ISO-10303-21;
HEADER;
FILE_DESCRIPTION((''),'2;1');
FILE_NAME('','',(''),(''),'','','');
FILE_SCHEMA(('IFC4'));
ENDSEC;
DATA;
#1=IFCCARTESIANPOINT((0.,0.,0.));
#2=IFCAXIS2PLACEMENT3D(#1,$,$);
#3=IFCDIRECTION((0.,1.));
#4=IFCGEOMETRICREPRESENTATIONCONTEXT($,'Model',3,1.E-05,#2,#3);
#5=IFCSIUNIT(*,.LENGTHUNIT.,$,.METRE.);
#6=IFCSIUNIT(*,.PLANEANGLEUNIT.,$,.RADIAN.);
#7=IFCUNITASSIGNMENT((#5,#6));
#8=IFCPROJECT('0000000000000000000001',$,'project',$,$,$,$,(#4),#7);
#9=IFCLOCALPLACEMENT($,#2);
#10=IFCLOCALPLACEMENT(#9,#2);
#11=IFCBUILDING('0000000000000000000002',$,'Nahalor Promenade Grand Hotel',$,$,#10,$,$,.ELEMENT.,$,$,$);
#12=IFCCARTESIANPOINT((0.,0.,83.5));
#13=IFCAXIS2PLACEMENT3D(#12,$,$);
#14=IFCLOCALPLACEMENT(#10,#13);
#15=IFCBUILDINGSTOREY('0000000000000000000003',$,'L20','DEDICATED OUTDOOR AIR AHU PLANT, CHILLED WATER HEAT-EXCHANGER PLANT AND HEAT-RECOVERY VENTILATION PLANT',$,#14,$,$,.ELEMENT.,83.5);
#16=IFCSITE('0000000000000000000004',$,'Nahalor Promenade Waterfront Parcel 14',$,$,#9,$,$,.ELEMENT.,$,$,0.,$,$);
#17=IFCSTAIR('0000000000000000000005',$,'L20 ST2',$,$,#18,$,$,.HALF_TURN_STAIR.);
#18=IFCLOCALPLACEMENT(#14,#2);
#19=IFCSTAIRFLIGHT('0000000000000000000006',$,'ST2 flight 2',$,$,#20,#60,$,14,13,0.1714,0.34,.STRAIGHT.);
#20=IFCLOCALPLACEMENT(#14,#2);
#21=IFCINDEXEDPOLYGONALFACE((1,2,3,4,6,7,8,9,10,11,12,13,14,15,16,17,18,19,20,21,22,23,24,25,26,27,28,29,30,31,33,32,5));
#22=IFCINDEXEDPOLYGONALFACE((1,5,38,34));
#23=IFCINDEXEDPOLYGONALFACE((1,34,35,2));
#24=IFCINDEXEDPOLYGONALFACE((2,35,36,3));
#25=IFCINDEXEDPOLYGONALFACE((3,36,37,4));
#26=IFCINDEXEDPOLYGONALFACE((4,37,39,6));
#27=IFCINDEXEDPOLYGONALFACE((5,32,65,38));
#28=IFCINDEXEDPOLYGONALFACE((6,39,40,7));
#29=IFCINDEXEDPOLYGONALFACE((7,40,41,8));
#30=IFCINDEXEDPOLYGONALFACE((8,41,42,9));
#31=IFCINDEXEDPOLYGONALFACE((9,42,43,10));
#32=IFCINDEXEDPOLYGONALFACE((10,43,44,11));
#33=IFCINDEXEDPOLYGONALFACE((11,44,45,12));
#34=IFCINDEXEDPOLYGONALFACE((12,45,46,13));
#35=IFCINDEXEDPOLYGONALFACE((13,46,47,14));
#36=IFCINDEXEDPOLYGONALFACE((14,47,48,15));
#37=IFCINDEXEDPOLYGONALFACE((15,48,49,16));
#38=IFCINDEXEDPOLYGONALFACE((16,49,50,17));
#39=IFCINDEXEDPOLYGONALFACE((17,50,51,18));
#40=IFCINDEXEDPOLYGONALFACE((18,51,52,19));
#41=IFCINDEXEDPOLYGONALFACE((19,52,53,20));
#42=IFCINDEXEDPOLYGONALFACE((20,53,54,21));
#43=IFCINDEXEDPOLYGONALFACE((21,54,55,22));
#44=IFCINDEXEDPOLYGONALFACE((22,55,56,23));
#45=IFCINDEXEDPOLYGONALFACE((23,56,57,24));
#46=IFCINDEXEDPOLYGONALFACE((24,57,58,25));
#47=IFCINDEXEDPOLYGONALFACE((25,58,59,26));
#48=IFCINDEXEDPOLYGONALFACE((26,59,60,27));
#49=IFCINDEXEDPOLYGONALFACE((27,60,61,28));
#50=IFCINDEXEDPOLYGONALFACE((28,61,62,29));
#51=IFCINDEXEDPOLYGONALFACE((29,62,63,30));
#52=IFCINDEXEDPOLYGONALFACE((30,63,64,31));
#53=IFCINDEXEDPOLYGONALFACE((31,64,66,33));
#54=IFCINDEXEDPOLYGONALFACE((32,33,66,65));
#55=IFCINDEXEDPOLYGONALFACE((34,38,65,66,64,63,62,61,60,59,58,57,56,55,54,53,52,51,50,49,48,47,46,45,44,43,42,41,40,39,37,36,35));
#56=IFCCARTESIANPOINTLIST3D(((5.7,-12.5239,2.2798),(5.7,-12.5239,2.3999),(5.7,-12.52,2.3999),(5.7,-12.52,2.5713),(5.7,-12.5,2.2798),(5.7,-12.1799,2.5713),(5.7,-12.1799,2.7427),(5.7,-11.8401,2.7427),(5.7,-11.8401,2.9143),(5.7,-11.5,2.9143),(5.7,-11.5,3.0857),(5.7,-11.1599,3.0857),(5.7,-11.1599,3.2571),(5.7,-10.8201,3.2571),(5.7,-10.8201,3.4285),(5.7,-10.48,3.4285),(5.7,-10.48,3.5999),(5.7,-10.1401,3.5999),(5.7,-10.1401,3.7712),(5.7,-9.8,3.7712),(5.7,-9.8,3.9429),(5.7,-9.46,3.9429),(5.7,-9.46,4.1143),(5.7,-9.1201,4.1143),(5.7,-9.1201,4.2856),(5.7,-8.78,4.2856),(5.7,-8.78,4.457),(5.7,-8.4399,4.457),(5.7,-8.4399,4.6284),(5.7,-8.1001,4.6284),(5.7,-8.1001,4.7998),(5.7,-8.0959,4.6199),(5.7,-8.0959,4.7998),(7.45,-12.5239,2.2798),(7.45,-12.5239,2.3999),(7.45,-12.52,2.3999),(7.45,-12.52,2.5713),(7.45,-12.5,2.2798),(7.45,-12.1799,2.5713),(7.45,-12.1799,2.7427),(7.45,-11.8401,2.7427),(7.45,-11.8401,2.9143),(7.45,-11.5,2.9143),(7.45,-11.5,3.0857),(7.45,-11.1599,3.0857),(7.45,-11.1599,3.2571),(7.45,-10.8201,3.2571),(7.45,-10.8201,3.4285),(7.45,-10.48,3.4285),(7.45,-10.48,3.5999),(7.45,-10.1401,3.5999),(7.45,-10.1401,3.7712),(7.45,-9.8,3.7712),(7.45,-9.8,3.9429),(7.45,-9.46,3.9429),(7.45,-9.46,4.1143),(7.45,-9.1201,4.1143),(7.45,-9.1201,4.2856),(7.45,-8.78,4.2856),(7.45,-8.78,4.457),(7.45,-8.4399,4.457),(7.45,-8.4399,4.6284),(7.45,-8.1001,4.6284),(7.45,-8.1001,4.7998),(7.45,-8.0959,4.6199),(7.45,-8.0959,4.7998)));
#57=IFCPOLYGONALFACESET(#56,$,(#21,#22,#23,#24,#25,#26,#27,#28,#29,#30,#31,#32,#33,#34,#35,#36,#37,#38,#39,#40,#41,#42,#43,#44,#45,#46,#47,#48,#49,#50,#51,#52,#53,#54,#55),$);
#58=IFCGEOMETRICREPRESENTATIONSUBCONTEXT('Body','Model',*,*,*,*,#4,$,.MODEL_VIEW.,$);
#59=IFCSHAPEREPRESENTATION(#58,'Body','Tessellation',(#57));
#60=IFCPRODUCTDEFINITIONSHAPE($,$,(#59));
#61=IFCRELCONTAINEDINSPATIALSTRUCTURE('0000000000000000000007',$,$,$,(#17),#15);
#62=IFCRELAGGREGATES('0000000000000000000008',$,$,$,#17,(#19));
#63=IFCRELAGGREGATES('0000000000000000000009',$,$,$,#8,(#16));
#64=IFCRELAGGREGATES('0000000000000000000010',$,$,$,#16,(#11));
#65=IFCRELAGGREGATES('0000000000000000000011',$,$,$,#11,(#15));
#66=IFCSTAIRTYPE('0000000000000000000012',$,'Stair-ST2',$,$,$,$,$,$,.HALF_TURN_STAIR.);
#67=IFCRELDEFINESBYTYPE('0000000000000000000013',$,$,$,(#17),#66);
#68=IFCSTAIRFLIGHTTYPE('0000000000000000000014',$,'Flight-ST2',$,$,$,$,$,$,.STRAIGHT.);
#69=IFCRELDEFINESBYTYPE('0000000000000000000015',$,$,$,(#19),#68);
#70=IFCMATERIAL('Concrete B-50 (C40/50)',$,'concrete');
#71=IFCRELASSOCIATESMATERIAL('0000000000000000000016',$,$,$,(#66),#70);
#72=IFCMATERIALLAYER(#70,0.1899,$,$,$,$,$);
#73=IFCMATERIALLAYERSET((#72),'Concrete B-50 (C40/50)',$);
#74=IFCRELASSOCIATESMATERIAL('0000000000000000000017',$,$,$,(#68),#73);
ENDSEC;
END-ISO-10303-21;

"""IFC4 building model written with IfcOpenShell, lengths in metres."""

from ifc_helpers import new_model, si_unit, direction, frame, origin, place, context, subcontext, project, spatial, polyline, outline, extrude, source, transform, mapped, material, layer, layer_set, type_object, element, aggregate, save


model = new_model("IFC4")

# Units and contexts
model_context = context("Model", 3, precision=1e-05, world=origin(), true_north=direction((0.0, 1.0)))
body_context = subcontext(model_context, "Body", "Model", "MODEL_VIEW")
ifc_project = project(units=[si_unit("LENGTHUNIT", "METRE"), si_unit("PLANEANGLEUNIT", "RADIAN")], contexts=[model_context])

# Site, building, storey
site_placement = place(None, origin())
site = spatial("IfcSite", under=ifc_project, at=site_placement, Name="Nahalor Promenade Waterfront Parcel 14", CompositionType="ELEMENT", RefElevation=0.0)
building_placement = place(site_placement, origin())
building = spatial("IfcBuilding", under=site, at=building_placement, Name="Nahalor Promenade Grand Hotel", CompositionType="ELEMENT")
storey_placement = place(building_placement, frame((0.0, 0.0, 83.5)))
storey = spatial("IfcBuildingStorey", under=building, at=storey_placement, Name="L20", Description="DEDICATED OUTDOOR AIR AHU PLANT, CHILLED WATER HEAT-EXCHANGER PLANT AND HEAT-RECOVERY VENTILATION PLANT", CompositionType="ELEMENT", Elevation=83.5)

# Shared definitions
ifc_material_1 = material(Name="Concrete B-50 (C40/50)", Category="concrete")

# Stair, stair flight
stair_type = type_object("IfcStairType", Name="Stair-ST2", PredefinedType="HALF_TURN_STAIR", material=ifc_material_1)
stair_placement = place(storey_placement, origin())
stair = element("IfcStair", 1, at=stair_placement, inside=storey, type_object=stair_type, Name="L20 ST2", PredefinedType="HALF_TURN_STAIR")
ifc_layer_1 = layer(ifc_material_1, 0.1899)
ifc_layer_set_1 = layer_set([ifc_layer_1], Name="Concrete B-50 (C40/50)")
stair_flight_type = type_object("IfcStairFlightType", Name="Flight-ST2", PredefinedType="STRAIGHT", material=ifc_layer_set_1)
shared_shape_1 = source(origin(), body_context, "Body", "SweptSolid", [
    extrude(outline(polyline([(-0.0039, -0.1201), (-0.0039, 0.0), (0.0, 0.0), (0.0, 0.1714), (0.3401, 0.1714), (0.3401, 0.3428), (0.6799, 0.3428), (0.6799, 0.5144), (1.02, 0.5144), (1.02, 0.6858), (1.3601, 0.6858), (1.3601, 0.8572), (1.7, 0.8572), (1.7, 1.0286), (2.04, 1.0286), (2.04, 1.2), (2.3799, 1.2), (2.3799, 1.3713), (2.72, 1.3713), (2.72, 1.543), (3.0601, 1.543), (3.0601, 1.7144), (3.3999, 1.7144), (3.3999, 1.8857), (3.74, 1.8857), (3.74, 2.0571), (4.0801, 2.0571), (4.0801, 2.2285), (4.4199, 2.2285), (4.4199, 2.3999), (4.4241, 2.3999), (4.4241, 2.22), (0.02, -0.1201), (-0.0039, -0.1201)])), frame((0.0, 0.875, 0.0), z_axis=(0.0, -1.0, 0.0), x_axis=(1.0, 0.0, 0.0)), (0.0, 0.0, 1.0), 1.75),
])
stair_flight_1_placement = place(storey_placement, frame((6.575, -12.52, 2.3999), z_axis=(0.0, 0.0, 1.0), x_axis=(0.0, 1.0, 0.0)))
stair_flight_1 = element("IfcStairFlight", 2, at=stair_flight_1_placement, type_object=stair_flight_type, Name="ST2 flight 2", NumberOfRisers=14, NumberOfTreads=13, PredefinedType="STRAIGHT", RiserHeight=0.1714, TreadLength=0.34, context=body_context, shape_type="MappedRepresentation", body=[
    mapped(shared_shape_1, transform((0.0, 0.0, 0.0), scale=1.0)),
])
aggregate(stair, [stair_flight_1])

save(model, "model.ifc")
